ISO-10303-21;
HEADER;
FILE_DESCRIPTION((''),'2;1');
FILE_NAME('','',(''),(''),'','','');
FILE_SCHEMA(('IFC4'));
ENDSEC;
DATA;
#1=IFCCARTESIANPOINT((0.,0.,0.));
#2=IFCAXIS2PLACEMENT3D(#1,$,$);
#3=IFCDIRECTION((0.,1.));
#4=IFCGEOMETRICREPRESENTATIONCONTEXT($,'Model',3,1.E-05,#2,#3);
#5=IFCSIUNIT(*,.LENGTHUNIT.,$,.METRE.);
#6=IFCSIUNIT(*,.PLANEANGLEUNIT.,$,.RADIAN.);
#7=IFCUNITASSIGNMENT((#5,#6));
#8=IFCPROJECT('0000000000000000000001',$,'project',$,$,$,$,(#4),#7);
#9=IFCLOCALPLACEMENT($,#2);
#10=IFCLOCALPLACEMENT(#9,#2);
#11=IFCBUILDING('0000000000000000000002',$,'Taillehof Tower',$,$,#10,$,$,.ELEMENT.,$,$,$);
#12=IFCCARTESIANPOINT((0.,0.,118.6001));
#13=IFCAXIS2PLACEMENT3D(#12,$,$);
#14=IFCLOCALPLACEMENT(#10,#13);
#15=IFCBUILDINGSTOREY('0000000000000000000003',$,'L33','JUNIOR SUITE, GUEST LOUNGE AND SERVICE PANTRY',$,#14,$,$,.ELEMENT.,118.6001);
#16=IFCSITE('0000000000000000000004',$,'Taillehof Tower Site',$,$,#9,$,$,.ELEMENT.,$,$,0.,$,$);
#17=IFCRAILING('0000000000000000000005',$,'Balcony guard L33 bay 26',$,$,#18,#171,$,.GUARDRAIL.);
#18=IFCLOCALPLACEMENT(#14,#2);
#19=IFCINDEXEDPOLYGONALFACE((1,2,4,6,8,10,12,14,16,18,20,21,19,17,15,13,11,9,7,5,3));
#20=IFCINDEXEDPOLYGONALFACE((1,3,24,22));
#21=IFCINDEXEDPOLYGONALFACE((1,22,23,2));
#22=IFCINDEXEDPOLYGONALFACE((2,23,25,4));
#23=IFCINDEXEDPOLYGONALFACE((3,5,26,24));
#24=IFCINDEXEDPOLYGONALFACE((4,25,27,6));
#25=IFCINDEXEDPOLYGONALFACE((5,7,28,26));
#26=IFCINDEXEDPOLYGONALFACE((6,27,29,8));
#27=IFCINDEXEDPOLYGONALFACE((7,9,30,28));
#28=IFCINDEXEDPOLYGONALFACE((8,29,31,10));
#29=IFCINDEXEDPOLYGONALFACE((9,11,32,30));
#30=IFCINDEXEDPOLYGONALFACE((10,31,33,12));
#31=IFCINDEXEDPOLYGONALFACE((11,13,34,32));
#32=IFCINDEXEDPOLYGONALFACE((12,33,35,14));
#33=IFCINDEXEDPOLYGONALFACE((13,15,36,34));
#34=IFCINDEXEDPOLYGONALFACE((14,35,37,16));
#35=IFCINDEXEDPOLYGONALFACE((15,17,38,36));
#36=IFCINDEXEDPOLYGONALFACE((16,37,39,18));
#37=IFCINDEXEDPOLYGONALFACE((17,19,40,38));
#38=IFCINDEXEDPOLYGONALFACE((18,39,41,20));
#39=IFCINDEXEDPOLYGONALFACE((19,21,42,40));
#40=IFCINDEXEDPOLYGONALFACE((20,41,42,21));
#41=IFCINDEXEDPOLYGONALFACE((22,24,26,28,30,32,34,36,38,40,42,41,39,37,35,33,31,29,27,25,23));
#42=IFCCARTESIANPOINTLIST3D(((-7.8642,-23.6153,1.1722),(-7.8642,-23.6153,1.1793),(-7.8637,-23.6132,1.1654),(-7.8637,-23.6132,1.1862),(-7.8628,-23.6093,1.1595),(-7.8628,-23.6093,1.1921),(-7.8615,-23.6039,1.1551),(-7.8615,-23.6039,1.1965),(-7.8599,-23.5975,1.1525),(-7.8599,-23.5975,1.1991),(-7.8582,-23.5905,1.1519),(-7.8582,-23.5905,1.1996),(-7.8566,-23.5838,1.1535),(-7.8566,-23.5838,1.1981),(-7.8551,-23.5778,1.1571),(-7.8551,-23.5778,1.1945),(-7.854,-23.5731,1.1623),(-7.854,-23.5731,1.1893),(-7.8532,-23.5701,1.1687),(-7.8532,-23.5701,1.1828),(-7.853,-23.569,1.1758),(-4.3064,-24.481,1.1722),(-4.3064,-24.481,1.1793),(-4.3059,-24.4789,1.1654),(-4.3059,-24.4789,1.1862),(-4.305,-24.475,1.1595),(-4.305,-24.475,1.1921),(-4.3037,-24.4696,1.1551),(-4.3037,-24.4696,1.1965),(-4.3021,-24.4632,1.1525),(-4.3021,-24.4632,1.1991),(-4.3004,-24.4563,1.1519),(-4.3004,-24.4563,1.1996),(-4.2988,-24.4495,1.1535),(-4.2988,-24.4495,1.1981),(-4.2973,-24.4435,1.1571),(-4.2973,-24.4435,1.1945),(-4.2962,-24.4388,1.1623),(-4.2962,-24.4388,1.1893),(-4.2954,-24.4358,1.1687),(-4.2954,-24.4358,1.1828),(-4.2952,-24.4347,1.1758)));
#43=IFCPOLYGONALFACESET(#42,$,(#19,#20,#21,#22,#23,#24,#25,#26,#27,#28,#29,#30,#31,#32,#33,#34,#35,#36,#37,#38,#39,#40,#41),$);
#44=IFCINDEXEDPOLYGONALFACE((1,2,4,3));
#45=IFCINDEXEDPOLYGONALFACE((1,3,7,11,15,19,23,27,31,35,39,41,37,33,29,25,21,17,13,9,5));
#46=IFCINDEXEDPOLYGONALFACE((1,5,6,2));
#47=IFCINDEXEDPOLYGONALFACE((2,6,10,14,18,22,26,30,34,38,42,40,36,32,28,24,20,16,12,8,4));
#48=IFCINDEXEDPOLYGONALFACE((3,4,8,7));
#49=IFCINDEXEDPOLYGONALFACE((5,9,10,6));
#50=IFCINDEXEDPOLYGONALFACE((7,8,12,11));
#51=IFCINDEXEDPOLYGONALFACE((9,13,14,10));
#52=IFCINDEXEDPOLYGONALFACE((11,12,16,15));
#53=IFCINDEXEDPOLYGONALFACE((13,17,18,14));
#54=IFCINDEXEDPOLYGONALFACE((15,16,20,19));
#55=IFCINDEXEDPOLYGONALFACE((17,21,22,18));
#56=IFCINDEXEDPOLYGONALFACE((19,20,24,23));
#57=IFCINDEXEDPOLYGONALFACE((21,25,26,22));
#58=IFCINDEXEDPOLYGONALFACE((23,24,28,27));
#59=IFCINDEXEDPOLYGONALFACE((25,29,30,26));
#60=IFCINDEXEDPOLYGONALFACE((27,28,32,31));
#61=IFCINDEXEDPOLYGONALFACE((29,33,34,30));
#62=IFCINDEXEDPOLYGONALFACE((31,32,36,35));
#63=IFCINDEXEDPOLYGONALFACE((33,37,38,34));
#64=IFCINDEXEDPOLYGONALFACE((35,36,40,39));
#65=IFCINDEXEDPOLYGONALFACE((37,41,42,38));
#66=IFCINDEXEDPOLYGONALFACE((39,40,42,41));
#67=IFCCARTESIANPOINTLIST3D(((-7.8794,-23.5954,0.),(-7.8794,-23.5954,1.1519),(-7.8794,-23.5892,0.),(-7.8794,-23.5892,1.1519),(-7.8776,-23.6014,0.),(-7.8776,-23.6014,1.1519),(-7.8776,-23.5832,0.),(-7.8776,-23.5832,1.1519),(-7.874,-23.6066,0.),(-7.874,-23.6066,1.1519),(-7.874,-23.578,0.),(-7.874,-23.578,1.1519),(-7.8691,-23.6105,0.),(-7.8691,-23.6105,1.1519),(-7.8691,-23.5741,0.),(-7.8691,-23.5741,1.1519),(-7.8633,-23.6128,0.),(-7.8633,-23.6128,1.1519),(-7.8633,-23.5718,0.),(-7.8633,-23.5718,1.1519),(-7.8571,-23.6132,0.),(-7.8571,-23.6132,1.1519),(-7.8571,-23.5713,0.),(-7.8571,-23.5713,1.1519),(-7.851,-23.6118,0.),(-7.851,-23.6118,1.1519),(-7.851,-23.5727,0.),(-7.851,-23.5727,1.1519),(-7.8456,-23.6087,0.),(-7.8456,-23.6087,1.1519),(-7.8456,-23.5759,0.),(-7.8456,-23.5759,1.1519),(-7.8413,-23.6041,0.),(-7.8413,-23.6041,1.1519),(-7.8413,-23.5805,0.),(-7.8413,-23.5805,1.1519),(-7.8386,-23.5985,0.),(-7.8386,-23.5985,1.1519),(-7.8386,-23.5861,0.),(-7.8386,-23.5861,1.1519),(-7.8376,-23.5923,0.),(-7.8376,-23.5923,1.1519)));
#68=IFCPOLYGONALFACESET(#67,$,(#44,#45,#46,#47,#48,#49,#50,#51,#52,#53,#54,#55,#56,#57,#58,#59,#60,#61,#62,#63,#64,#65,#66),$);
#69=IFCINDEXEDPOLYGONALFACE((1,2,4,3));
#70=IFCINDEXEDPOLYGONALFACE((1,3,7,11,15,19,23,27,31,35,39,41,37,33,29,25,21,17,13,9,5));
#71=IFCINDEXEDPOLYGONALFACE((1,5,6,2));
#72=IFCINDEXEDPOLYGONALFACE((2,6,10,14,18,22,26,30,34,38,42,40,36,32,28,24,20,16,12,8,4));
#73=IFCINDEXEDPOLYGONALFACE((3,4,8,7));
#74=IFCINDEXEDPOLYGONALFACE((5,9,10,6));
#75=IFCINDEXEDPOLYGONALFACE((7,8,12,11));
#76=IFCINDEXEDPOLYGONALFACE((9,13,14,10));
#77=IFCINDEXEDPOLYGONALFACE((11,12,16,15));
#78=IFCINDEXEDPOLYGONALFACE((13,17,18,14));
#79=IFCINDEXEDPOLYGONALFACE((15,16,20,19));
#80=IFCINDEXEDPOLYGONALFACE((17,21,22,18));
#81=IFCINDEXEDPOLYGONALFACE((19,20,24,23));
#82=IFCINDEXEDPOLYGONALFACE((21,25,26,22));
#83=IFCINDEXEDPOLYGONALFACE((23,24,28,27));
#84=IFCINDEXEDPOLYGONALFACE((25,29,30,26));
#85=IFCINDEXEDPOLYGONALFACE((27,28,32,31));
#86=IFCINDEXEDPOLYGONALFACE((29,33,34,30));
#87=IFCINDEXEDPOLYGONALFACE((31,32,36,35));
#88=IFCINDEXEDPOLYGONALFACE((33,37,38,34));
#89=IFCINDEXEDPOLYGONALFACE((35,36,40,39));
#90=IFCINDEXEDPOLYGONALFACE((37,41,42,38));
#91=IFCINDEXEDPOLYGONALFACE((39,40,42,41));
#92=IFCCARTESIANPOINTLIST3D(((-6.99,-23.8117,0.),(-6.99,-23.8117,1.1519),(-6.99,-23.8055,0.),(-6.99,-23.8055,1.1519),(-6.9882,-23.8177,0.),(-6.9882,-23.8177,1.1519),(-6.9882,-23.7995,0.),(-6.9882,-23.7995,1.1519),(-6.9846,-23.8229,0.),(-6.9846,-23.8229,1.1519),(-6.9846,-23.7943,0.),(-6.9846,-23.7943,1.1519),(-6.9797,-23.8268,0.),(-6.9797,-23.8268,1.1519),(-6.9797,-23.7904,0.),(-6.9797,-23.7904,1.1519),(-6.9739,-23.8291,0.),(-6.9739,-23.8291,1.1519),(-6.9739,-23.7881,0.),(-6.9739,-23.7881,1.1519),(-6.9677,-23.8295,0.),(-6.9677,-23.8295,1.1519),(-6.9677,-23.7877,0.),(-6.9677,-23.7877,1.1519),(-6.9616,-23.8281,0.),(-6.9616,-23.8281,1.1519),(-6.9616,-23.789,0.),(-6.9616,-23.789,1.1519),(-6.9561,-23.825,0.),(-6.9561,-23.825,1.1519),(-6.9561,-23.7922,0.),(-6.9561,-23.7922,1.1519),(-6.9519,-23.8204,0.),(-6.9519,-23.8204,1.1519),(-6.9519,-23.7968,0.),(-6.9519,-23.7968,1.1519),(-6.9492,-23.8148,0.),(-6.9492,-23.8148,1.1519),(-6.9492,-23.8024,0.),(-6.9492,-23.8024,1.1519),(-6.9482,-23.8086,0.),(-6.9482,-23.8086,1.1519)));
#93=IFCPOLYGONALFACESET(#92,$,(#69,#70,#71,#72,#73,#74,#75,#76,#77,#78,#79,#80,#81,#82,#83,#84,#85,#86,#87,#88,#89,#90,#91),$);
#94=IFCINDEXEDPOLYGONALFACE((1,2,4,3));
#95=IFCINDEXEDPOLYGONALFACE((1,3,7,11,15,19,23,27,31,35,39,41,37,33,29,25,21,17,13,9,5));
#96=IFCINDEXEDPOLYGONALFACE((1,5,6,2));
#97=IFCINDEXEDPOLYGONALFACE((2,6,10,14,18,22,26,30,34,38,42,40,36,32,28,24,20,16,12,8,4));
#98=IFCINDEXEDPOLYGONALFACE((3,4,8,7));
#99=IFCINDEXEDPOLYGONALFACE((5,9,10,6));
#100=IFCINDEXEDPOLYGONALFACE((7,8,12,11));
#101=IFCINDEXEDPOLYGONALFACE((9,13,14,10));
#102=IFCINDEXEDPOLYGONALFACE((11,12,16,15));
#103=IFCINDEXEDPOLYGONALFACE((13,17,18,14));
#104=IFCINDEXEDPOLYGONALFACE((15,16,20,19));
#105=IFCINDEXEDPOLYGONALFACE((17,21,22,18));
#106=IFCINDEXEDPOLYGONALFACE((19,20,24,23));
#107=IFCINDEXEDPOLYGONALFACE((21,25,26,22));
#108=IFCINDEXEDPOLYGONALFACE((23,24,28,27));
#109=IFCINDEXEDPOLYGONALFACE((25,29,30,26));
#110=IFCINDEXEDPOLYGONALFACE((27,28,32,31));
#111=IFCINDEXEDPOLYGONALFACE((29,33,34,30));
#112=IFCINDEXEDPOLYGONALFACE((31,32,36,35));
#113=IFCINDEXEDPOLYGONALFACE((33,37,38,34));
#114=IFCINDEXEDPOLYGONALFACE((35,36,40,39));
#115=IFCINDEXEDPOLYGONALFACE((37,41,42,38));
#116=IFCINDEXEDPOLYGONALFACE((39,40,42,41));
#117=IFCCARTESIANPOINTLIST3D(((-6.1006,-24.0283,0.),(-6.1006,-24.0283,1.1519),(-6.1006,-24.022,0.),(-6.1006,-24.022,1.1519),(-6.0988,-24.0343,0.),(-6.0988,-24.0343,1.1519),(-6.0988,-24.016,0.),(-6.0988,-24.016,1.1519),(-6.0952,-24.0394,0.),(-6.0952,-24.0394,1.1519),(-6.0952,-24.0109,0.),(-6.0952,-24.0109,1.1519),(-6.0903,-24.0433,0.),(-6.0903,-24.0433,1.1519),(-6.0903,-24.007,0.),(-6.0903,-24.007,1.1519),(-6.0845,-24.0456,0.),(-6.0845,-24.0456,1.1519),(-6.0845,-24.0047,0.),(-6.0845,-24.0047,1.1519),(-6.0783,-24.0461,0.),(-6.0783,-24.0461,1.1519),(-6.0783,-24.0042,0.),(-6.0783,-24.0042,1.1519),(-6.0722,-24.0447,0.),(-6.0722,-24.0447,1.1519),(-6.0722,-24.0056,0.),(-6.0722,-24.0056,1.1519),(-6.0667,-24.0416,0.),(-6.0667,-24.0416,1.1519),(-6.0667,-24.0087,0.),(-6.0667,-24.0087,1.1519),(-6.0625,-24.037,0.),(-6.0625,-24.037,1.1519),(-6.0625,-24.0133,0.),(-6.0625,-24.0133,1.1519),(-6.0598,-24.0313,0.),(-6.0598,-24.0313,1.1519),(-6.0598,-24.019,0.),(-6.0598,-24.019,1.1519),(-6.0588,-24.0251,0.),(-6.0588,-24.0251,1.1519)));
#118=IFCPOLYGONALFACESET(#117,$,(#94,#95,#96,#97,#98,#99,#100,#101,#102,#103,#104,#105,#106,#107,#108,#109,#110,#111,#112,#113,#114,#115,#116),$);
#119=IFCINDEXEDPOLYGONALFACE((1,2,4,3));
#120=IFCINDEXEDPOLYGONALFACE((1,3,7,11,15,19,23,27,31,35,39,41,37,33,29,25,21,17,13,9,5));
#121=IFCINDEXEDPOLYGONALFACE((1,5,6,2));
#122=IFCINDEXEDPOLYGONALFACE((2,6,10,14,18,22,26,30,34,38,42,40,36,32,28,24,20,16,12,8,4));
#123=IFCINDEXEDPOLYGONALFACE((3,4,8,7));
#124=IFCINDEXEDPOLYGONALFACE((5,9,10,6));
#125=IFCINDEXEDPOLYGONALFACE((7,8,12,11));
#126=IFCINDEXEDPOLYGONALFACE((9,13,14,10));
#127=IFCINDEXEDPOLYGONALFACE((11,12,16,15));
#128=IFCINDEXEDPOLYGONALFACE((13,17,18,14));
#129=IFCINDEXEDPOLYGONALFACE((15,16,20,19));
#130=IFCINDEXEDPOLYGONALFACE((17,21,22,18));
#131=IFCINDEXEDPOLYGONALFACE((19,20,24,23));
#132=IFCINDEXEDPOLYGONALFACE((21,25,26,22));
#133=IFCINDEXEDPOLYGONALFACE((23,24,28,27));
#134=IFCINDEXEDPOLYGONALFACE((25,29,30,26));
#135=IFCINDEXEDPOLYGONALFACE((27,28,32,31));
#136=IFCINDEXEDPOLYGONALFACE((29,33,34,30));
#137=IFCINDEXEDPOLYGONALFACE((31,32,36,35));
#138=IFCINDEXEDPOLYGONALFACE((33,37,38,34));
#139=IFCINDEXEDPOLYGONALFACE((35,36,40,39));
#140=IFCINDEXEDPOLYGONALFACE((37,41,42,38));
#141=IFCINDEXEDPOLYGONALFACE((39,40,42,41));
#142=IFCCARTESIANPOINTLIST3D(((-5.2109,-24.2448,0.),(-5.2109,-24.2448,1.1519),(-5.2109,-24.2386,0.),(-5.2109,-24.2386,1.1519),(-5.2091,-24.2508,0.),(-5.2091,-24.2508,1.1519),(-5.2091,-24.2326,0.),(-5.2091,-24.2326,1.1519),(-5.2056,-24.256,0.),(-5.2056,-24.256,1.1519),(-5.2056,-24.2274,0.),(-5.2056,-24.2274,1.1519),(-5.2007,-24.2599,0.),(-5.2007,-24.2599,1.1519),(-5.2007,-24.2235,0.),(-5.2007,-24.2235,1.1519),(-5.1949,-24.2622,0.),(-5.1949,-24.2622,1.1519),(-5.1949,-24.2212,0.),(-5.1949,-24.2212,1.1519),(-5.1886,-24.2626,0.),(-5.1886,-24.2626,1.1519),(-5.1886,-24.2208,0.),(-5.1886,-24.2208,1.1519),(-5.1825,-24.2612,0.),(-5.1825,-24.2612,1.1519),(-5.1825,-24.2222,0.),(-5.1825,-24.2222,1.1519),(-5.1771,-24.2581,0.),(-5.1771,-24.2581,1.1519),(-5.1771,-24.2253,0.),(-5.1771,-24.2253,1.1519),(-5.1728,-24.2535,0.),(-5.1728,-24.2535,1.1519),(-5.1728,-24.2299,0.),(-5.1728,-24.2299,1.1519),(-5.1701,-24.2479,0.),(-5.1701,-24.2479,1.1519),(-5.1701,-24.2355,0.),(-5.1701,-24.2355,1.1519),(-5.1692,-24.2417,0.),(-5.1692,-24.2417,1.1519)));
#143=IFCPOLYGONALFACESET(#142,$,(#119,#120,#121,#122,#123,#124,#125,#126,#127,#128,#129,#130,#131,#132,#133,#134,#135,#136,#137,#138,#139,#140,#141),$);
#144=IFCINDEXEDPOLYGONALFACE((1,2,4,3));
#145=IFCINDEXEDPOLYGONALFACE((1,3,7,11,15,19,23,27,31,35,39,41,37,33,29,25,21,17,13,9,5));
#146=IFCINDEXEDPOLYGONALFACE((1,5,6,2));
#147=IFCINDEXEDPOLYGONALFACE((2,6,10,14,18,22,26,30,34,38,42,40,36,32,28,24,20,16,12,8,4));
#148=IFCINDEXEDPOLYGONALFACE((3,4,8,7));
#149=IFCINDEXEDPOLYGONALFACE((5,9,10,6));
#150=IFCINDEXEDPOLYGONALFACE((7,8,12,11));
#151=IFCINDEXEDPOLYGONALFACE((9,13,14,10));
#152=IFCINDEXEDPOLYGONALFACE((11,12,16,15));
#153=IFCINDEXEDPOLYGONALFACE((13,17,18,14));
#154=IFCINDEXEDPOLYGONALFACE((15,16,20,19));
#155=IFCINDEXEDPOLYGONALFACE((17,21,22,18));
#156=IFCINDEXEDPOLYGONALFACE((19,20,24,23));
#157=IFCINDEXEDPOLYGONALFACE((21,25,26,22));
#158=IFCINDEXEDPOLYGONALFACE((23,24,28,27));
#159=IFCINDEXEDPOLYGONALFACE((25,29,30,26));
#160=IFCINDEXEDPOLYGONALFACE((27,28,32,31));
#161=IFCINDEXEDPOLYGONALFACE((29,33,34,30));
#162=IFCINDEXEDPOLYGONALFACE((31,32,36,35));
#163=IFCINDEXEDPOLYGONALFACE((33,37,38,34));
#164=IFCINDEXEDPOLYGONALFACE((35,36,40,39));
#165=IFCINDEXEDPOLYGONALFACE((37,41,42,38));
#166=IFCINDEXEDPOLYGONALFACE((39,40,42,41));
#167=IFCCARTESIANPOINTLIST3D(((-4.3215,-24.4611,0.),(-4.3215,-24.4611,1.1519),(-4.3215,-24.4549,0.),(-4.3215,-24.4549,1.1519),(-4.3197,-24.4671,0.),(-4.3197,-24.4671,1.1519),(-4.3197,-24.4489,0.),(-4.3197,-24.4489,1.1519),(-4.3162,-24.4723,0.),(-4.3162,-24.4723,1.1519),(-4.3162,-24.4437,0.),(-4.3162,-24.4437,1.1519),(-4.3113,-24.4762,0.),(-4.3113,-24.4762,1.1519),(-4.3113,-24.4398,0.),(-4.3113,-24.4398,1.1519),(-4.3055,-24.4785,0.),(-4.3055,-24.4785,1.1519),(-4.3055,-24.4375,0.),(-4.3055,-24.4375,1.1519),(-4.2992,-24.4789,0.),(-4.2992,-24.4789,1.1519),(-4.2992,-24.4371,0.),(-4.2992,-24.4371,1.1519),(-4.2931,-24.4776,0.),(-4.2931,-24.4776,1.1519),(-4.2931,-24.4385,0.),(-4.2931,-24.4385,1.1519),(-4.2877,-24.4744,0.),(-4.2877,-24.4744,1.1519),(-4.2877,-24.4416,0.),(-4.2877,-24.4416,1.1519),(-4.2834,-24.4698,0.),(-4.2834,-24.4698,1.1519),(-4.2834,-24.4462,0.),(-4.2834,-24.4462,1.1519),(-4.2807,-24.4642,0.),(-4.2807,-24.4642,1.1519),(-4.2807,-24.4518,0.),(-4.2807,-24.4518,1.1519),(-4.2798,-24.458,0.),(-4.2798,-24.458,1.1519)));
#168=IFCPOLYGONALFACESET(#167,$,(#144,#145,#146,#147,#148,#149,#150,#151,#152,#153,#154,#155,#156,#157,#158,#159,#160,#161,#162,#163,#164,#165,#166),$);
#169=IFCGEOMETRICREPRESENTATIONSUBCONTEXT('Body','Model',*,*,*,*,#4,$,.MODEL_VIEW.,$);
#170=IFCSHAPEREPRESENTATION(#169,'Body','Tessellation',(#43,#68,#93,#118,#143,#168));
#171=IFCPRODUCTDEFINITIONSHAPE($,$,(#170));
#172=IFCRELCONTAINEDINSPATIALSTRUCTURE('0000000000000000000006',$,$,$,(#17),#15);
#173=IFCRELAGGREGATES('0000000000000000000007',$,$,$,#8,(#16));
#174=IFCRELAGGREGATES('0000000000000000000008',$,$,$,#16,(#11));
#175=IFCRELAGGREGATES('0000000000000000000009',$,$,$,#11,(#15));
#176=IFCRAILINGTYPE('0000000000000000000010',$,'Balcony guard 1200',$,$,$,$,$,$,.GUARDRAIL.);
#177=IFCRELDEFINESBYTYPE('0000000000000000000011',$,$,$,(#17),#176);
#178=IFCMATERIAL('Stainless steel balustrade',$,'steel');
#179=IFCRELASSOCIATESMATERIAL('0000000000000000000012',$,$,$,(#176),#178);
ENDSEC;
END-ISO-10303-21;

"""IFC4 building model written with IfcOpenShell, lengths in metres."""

from ifc_helpers import new_model, si_unit, direction, frame, origin, origin_2d, place, context, subcontext, project, spatial, circle, extrude, material, type_object, element, save


model = new_model("IFC4")

# Units and contexts
model_context = context("Model", 3, precision=1e-05, world=origin(), true_north=direction((0.0, 1.0)))
body_context = subcontext(model_context, "Body", "Model", "MODEL_VIEW")
ifc_project = project(units=[si_unit("LENGTHUNIT", "METRE"), si_unit("PLANEANGLEUNIT", "RADIAN")], contexts=[model_context])

# Site, building, storey
site_placement = place(None, origin())
site = spatial("IfcSite", under=ifc_project, at=site_placement, Name="Taillehof Tower Site", CompositionType="ELEMENT", RefElevation=0.0)
building_placement = place(site_placement, origin())
building = spatial("IfcBuilding", under=site, at=building_placement, Name="Taillehof Tower", CompositionType="ELEMENT")
storey_placement = place(building_placement, frame((0.0, 0.0, 118.6001)))
storey = spatial("IfcBuildingStorey", under=building, at=storey_placement, Name="L33", Description="JUNIOR SUITE, GUEST LOUNGE AND SERVICE PANTRY", CompositionType="ELEMENT", Elevation=118.6001)

# Railing
ifc_material_1 = material(Name="Stainless steel balustrade", Category="steel")
railing_type = type_object("IfcRailingType", Name="Balcony guard 1200", PredefinedType="GUARDRAIL", material=ifc_material_1)
railing_1_placement = place(storey_placement, frame((-7.8586, -23.5923, 0.0)))
element("IfcRailing", 1, at=railing_1_placement, inside=storey, type_object=railing_type, Name="Balcony guard L33 bay 26", PredefinedType="GUARDRAIL", context=body_context, shape_type="SweptSolid", body=[
    extrude(circle(Radius=0.0239, at=origin_2d()), frame((0.0, 0.0, 1.1758), z_axis=(0.971649, -0.236428, 0.0), x_axis=(0.236428, 0.971649, 0.0)), (0.0, 0.0, 1.0), 3.6616),
    extrude(circle(Radius=0.021, at=origin_2d()), origin(), (0.0, 0.0, 1.0), 1.1519),
    extrude(circle(Radius=0.021, at=origin_2d()), frame((0.8894, -0.2163, 0.0)), (0.0, 0.0, 1.0), 1.1519),
    extrude(circle(Radius=0.021, at=origin_2d()), frame((1.7788, -0.4329, 0.0)), (0.0, 0.0, 1.0), 1.1519),
    extrude(circle(Radius=0.021, at=origin_2d()), frame((2.6685, -0.6494, 0.0)), (0.0, 0.0, 1.0), 1.1519),
    extrude(circle(Radius=0.021, at=origin_2d()), frame((3.5579, -0.8657, 0.0)), (0.0, 0.0, 1.0), 1.1519),
])

save(model, "model.ifc")
